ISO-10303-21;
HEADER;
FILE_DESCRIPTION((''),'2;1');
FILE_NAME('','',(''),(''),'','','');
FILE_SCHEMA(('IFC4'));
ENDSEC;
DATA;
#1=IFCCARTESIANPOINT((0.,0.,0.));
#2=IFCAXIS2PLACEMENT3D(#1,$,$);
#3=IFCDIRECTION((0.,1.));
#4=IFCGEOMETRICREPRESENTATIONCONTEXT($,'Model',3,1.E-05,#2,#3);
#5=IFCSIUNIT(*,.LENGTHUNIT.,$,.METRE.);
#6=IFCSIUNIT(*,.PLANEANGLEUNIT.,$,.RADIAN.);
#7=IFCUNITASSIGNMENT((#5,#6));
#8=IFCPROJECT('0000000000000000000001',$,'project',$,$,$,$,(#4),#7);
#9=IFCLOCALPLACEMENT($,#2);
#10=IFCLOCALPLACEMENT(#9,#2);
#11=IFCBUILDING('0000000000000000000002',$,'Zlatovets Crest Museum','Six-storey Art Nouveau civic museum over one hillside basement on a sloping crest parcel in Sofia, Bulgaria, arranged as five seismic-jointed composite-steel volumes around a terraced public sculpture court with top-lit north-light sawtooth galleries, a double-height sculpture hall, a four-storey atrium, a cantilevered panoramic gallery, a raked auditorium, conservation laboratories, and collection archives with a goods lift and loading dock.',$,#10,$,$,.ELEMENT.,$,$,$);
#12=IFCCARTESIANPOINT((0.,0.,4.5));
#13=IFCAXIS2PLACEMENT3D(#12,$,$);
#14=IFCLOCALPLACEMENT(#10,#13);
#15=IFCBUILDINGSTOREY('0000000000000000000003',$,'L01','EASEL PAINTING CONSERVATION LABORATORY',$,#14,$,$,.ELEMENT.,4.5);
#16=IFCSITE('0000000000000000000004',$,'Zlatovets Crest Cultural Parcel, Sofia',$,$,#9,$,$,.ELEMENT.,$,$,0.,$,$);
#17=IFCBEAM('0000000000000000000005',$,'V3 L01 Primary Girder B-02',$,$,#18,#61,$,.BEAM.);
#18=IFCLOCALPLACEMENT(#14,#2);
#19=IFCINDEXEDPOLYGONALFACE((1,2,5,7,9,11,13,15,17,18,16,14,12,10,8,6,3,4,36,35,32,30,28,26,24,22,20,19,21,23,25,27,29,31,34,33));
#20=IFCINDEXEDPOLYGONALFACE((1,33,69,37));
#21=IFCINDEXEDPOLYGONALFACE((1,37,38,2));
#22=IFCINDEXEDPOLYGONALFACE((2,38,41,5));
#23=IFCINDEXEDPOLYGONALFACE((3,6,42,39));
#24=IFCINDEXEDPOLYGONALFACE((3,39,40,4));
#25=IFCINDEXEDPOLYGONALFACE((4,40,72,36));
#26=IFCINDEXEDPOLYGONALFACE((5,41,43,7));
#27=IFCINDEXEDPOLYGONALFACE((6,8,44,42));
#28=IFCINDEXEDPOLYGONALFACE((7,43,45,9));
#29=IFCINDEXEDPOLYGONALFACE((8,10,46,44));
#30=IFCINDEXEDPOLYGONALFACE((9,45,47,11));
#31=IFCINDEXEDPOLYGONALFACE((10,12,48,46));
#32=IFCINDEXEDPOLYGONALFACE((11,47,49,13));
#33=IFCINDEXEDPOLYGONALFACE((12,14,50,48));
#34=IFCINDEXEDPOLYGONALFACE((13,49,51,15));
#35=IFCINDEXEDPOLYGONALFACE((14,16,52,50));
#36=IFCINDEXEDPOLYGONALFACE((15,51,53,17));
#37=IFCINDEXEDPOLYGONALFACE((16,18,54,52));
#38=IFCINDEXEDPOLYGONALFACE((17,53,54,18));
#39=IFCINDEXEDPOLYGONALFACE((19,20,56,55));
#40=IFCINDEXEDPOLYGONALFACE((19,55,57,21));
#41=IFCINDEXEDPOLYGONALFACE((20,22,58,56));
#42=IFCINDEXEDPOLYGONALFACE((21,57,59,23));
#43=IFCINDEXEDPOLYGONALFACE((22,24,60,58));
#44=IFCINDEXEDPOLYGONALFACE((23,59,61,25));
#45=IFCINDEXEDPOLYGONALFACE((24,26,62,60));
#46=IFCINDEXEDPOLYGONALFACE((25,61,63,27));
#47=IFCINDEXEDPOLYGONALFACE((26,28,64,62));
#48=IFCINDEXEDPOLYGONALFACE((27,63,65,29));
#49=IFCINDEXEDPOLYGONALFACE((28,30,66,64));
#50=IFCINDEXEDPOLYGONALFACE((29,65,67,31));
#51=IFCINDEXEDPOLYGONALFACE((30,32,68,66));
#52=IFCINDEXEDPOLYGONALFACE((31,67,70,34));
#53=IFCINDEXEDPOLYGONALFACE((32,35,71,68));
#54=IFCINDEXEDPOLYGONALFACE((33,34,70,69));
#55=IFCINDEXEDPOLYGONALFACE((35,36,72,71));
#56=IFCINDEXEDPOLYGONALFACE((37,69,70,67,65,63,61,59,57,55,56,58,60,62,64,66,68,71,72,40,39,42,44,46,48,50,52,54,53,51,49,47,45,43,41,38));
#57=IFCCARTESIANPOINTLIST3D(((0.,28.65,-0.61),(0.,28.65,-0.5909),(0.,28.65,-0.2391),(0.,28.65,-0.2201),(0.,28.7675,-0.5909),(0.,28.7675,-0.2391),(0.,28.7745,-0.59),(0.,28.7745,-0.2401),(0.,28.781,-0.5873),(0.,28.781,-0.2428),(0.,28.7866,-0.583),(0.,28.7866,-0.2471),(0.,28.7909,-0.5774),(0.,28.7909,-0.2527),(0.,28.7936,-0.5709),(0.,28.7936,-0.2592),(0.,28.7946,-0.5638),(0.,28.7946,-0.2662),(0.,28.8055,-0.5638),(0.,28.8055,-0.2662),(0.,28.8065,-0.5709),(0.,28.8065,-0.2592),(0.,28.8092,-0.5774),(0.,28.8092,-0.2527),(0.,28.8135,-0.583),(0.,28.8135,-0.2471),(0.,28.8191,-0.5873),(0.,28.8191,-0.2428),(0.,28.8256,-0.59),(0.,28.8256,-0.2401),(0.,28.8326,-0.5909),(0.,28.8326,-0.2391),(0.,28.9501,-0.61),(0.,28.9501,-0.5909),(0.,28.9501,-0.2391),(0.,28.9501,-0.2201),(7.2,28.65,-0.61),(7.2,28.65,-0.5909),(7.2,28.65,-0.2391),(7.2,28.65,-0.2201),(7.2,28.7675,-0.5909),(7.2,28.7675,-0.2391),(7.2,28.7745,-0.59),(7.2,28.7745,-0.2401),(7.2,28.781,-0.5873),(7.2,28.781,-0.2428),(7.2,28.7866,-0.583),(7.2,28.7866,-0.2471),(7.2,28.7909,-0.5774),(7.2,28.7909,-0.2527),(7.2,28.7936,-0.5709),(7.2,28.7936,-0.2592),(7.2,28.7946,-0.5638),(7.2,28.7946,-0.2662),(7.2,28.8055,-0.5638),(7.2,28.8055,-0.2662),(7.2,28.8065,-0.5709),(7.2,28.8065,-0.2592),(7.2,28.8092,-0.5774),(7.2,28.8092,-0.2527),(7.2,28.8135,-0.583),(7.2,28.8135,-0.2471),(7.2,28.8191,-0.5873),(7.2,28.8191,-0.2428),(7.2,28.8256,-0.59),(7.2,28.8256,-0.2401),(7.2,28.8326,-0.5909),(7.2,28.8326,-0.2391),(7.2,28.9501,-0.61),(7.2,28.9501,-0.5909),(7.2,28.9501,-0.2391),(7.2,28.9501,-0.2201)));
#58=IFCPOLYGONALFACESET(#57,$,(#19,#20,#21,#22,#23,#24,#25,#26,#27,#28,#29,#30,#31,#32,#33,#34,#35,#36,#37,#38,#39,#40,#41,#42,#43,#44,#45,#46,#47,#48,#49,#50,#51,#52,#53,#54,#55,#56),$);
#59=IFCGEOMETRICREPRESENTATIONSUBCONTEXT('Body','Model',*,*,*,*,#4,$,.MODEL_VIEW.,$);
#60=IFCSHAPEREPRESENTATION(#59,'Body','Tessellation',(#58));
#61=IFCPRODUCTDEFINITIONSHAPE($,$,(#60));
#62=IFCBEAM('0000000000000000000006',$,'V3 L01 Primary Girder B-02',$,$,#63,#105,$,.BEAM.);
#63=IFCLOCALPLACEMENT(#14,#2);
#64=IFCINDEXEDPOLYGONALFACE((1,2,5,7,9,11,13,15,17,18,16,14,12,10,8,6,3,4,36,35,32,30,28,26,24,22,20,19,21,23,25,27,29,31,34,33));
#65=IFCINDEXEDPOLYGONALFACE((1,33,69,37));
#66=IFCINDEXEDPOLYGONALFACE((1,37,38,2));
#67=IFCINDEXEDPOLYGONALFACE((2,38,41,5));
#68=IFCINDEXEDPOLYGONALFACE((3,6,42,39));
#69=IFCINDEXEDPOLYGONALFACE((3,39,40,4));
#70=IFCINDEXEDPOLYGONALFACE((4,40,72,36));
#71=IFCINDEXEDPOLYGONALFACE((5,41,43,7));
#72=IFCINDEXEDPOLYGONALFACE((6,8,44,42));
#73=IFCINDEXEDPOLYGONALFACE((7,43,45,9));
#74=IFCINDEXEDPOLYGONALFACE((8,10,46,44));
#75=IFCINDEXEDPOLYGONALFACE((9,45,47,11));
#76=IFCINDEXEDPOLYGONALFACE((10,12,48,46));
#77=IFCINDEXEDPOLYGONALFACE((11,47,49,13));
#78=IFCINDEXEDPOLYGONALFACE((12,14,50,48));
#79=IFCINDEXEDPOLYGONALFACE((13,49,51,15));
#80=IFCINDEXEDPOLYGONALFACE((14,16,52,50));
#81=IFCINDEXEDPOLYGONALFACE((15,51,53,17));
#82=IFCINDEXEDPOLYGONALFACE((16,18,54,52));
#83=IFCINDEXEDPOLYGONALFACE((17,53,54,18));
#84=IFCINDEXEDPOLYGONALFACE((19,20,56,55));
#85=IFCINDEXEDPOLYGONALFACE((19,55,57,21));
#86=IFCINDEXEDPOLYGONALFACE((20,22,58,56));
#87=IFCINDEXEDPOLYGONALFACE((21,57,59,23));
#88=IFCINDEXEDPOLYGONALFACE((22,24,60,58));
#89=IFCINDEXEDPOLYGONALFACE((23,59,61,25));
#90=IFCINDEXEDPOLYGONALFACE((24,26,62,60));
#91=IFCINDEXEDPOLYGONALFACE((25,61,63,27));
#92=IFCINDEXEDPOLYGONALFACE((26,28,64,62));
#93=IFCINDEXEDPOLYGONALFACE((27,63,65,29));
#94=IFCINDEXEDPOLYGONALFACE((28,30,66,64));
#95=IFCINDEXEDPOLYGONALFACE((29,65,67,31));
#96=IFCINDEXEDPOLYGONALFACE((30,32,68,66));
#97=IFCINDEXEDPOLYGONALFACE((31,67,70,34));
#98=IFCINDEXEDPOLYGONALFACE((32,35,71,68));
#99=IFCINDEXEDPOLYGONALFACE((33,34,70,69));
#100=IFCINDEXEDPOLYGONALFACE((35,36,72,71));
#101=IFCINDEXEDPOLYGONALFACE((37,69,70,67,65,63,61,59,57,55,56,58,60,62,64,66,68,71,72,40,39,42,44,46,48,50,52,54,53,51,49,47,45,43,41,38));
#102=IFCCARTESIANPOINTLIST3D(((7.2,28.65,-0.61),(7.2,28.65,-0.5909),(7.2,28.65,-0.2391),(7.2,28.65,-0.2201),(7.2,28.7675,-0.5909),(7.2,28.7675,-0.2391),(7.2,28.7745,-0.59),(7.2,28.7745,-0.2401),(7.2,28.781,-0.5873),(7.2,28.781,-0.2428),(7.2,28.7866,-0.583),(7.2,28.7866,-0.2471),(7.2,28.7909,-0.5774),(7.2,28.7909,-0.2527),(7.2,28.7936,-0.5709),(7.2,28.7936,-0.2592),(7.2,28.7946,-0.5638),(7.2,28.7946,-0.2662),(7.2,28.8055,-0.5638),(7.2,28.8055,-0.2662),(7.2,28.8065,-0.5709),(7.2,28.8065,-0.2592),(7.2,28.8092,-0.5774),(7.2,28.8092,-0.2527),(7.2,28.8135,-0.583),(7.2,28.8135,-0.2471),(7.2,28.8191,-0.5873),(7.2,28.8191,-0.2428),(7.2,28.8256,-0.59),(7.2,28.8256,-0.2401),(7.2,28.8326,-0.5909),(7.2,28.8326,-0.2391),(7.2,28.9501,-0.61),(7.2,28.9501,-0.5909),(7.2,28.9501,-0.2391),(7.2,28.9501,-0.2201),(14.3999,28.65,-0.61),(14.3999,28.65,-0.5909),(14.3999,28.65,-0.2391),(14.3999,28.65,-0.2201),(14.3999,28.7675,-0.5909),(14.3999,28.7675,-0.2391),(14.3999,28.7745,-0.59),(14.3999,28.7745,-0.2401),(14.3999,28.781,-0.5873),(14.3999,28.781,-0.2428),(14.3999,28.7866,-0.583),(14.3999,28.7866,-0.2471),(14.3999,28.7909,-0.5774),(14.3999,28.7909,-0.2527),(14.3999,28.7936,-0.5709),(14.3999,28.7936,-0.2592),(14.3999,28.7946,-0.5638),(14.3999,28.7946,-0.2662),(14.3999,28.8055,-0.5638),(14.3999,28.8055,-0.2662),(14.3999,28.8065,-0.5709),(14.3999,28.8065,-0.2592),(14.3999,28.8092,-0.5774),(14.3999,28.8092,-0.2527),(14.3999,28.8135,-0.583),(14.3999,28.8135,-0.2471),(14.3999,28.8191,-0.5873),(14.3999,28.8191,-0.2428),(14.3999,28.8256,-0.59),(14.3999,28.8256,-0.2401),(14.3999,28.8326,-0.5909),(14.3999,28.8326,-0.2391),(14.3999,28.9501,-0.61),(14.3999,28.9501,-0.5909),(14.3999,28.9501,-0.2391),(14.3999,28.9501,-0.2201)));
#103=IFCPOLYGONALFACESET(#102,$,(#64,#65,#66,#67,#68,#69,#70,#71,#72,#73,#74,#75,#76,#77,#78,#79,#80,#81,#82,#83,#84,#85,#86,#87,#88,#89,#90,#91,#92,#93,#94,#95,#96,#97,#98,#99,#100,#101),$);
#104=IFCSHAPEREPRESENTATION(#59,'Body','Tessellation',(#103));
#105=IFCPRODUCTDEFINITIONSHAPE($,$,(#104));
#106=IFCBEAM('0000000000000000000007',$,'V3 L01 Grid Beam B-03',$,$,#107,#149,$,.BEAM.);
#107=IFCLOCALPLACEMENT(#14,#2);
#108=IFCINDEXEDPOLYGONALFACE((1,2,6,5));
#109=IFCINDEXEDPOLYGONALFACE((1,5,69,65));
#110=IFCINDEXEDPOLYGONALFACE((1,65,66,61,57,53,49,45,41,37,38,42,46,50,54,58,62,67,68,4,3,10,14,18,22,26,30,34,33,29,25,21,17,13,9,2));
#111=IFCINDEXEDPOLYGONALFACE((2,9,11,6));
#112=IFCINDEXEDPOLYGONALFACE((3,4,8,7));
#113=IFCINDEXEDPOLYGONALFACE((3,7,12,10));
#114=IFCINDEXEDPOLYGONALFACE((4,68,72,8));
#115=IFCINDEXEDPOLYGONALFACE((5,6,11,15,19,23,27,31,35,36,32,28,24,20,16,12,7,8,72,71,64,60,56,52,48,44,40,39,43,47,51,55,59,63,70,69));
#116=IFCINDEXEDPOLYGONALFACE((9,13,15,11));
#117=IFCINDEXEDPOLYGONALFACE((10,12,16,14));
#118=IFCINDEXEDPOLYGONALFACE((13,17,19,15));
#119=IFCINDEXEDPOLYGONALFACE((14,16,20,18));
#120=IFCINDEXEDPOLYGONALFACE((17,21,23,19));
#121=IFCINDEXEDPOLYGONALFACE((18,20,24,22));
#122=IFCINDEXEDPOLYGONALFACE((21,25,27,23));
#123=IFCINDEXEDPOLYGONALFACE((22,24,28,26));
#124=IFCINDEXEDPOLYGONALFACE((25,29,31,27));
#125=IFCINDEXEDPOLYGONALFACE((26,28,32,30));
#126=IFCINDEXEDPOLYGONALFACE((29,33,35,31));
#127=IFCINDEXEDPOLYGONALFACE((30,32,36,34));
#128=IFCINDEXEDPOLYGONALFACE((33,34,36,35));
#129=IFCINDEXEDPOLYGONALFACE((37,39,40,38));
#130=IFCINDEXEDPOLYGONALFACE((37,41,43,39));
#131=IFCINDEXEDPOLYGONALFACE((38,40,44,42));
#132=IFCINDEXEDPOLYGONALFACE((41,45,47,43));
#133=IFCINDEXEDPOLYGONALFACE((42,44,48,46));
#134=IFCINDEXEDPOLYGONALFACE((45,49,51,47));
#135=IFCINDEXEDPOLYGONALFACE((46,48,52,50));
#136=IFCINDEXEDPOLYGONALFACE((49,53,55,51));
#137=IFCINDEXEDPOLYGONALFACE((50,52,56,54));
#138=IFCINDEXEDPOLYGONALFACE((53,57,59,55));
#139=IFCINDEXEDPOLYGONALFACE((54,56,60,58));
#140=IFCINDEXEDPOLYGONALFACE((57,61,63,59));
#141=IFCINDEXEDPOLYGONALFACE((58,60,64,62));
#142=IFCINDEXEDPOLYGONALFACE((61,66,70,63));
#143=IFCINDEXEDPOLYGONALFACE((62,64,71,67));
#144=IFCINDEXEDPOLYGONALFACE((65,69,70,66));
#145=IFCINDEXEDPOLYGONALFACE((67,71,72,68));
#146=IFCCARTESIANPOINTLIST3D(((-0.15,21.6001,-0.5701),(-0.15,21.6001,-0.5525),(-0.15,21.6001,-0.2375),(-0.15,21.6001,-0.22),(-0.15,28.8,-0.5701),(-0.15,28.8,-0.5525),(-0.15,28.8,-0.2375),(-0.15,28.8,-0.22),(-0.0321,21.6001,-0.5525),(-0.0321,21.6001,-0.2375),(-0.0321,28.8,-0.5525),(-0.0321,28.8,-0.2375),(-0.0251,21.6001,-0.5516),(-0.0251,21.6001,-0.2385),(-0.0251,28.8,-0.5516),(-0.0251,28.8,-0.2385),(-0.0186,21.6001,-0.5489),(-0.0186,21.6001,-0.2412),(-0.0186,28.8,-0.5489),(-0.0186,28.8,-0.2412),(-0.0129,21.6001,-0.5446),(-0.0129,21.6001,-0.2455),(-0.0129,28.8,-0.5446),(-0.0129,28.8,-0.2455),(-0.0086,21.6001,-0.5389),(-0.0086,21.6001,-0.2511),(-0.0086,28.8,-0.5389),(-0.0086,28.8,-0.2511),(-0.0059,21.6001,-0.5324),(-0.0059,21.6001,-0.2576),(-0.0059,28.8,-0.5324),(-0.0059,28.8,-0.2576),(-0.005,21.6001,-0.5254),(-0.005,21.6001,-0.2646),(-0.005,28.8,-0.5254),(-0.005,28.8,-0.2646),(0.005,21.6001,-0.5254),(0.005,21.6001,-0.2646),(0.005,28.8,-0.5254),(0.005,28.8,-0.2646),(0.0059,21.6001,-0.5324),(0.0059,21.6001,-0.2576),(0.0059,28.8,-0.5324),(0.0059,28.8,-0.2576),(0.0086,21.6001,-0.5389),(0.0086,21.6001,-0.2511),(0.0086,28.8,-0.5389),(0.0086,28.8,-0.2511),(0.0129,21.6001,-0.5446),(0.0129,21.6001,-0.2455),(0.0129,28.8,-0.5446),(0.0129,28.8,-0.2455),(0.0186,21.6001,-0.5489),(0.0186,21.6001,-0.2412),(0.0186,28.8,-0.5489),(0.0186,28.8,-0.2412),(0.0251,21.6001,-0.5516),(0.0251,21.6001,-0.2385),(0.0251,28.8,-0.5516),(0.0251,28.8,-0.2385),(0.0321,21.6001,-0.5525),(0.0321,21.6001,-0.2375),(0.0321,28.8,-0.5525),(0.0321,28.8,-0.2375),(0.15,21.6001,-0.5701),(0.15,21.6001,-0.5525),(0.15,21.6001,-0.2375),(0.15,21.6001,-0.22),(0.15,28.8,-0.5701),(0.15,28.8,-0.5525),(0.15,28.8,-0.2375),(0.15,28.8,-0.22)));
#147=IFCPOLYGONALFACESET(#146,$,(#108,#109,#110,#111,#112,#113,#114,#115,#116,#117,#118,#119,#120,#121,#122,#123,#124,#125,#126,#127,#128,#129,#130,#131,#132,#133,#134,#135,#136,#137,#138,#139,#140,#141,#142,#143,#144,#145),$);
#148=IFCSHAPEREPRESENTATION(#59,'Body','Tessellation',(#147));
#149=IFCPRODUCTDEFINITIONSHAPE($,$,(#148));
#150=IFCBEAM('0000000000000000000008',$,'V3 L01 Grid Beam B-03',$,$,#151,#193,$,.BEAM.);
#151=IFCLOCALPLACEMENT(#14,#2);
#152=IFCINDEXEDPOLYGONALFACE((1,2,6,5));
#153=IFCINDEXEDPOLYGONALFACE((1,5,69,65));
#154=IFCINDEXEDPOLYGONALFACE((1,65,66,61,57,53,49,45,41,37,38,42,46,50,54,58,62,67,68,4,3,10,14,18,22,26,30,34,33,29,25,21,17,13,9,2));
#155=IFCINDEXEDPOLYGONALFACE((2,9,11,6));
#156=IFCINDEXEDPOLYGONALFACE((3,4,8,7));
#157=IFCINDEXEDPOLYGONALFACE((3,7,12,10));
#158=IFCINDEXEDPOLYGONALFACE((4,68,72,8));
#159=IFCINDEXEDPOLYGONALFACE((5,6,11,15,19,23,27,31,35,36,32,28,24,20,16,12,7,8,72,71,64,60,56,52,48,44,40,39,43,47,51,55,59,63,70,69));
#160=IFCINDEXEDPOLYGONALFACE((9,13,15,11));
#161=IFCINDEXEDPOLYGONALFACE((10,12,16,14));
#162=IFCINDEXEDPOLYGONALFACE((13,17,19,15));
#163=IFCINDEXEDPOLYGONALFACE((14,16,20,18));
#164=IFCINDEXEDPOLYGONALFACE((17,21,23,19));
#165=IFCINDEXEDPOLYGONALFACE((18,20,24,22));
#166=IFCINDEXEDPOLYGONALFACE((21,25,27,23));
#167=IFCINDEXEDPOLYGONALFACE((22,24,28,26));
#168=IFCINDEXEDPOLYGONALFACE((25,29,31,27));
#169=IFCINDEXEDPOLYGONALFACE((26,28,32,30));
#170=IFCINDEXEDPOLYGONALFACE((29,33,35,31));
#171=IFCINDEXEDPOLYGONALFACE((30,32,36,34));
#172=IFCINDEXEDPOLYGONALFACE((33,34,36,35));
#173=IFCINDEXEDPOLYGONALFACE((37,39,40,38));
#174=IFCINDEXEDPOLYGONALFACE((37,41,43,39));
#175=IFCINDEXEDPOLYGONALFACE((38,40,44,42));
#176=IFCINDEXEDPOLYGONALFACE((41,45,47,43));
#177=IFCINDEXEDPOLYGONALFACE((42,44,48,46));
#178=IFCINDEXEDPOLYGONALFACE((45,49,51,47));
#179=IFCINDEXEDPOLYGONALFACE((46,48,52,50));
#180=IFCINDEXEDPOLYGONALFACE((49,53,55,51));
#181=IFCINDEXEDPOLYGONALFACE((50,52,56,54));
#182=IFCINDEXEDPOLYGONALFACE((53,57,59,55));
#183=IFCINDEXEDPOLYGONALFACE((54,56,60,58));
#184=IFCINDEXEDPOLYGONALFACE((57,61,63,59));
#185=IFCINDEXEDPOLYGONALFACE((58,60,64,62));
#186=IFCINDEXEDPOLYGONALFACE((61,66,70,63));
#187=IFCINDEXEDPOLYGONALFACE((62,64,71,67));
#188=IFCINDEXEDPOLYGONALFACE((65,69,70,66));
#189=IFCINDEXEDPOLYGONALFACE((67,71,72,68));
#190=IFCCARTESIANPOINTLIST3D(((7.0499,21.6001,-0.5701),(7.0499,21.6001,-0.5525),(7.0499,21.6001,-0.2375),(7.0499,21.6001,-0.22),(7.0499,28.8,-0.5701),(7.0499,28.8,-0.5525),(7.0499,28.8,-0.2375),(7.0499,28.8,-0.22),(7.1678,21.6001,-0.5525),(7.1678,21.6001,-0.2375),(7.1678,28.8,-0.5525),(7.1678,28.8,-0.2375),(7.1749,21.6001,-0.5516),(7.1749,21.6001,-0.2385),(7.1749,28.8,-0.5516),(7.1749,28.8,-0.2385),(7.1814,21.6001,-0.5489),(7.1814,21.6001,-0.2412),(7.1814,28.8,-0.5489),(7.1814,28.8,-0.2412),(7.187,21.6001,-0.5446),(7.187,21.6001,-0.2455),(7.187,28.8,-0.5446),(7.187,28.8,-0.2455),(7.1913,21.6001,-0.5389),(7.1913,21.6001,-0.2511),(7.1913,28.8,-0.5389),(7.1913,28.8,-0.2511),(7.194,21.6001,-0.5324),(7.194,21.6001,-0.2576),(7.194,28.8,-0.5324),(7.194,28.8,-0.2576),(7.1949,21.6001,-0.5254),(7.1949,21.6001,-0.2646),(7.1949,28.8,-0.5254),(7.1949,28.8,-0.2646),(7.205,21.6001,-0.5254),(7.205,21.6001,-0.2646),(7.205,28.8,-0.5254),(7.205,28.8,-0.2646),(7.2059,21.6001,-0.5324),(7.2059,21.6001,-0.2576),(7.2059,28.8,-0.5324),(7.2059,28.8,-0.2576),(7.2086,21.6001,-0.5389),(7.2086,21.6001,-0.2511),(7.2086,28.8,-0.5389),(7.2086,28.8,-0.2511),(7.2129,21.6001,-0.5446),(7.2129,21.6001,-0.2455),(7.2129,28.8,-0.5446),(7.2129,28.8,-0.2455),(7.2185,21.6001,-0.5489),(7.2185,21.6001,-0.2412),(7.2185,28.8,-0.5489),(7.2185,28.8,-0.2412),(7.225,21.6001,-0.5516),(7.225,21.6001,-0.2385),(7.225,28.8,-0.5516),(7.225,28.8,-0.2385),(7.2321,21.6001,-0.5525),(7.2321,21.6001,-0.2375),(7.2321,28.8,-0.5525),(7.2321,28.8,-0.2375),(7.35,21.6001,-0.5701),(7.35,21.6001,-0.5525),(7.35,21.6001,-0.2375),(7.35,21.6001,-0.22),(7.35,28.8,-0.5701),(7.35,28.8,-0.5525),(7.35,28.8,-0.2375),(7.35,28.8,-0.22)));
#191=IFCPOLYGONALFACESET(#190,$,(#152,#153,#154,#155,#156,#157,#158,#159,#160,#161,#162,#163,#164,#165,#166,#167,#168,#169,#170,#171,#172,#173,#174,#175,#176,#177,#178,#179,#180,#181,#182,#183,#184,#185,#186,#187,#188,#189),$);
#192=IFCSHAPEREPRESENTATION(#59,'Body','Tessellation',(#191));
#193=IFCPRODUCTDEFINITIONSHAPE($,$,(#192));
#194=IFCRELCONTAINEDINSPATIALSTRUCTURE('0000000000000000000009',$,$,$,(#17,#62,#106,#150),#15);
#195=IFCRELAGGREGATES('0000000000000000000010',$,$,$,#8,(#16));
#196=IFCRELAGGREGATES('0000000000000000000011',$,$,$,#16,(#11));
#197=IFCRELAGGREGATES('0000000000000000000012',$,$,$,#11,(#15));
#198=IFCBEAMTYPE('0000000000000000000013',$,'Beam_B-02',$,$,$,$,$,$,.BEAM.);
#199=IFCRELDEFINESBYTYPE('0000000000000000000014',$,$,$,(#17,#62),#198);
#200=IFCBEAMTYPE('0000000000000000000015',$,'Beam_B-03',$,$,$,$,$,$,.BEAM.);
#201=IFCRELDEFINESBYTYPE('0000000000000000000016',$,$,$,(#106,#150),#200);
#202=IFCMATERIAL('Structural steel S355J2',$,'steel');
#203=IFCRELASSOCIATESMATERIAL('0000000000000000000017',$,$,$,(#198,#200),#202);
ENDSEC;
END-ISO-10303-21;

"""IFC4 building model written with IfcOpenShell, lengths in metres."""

from ifc_helpers import new_model, si_unit, direction, frame, origin, origin_2d, place, context, subcontext, project, spatial, i_section, extrude, material, material_profile, profile_set, type_object, element, save


model = new_model("IFC4")

# Units and contexts
model_context = context("Model", 3, precision=1e-05, world=origin(), true_north=direction((0.0, 1.0)))
body_context = subcontext(model_context, "Body", "Model", "MODEL_VIEW")
ifc_project = project(units=[si_unit("LENGTHUNIT", "METRE"), si_unit("PLANEANGLEUNIT", "RADIAN")], contexts=[model_context])

# Site, building, storey
site_placement = place(None, origin())
site = spatial("IfcSite", under=ifc_project, at=site_placement, Name="Zlatovets Crest Cultural Parcel, Sofia", CompositionType="ELEMENT", RefElevation=0.0)
building_placement = place(site_placement, origin())
building = spatial("IfcBuilding", under=site, at=building_placement, Name="Zlatovets Crest Museum", Description="Six-storey Art Nouveau civic museum over one hillside basement on a sloping crest parcel in Sofia, Bulgaria, arranged as five seismic-jointed composite-steel volumes around a terraced public sculpture court with top-lit north-light sawtooth galleries, a double-height sculpture hall, a four-storey atrium, a cantilevered panoramic gallery, a raked auditorium, conservation laboratories, and collection archives with a goods lift and loading dock.", CompositionType="ELEMENT")
storey_placement = place(building_placement, frame((0.0, 0.0, 4.5)))
storey = spatial("IfcBuildingStorey", under=building, at=storey_placement, Name="L01", Description="EASEL PAINTING CONSERVATION LABORATORY", CompositionType="ELEMENT", Elevation=4.5)

# Shared definitions
ifc_material_1 = material(Name="Structural steel S355J2", Category="steel")

# Beams
ifc_material_profile_1 = material_profile(ifc_material_1, i_section(OverallWidth=0.3, OverallDepth=0.3899, WebThickness=0.011, FlangeThickness=0.019, FilletRadius=0.0271, at=origin_2d()), Name="HEA 400")
ifc_profile_set_1 = profile_set([ifc_material_profile_1], Name="Structural steel S355J2")
beam_type_1 = type_object("IfcBeamType", Name="Beam_B-02", PredefinedType="BEAM", material=ifc_profile_set_1)
for number, where, z_axis, x_axis, name in (
    (1, (0.0, 28.8, -0.415), (1.0, 0.0, 0.0), (0.0, 1.0, 0.0), "V3 L01 Primary Girder B-02"),
    (2, (7.2, 28.8, -0.415), (1.0, 0.0, 0.0), (0.0, 1.0, 0.0), "V3 L01 Primary Girder B-02"),
):
    element("IfcBeam", number, at=place(storey_placement, frame(where, z_axis=z_axis, x_axis=x_axis)), inside=storey, type_object=beam_type_1, Name=name, PredefinedType="BEAM", context=body_context, shape_type="SweptSolid", body=[
        extrude(i_section(OverallWidth=0.3, OverallDepth=0.3899, WebThickness=0.011, FlangeThickness=0.019, FilletRadius=0.0271, at=origin_2d()), origin(), (0.0, 0.0, 1.0), 7.2),
    ])
ifc_material_profile_2 = material_profile(ifc_material_1, i_section(OverallWidth=0.3, OverallDepth=0.3501, WebThickness=0.01, FlangeThickness=0.0176, FilletRadius=0.0271, at=origin_2d()), Name="HEA 360")
ifc_profile_set_2 = profile_set([ifc_material_profile_2], Name="Structural steel S355J2")
beam_type_2 = type_object("IfcBeamType", Name="Beam_B-03", PredefinedType="BEAM", material=ifc_profile_set_2)
for number, where, z_axis, x_axis, name in (
    (3, (0.0, 21.6001, -0.395), (0.0, 1.0, 0.0), (-1.0, 0.0, 0.0), "V3 L01 Grid Beam B-03"),
    (4, (7.2, 21.6001, -0.395), (0.0, 1.0, 0.0), (-1.0, 0.0, 0.0), "V3 L01 Grid Beam B-03"),
):
    element("IfcBeam", number, at=place(storey_placement, frame(where, z_axis=z_axis, x_axis=x_axis)), inside=storey, type_object=beam_type_2, Name=name, PredefinedType="BEAM", context=body_context, shape_type="SweptSolid", body=[
        extrude(i_section(OverallWidth=0.3, OverallDepth=0.3501, WebThickness=0.01, FlangeThickness=0.0176, FilletRadius=0.0271, at=origin_2d()), origin(), (0.0, 0.0, 1.0), 7.2),
    ])

save(model, "model.ifc")
